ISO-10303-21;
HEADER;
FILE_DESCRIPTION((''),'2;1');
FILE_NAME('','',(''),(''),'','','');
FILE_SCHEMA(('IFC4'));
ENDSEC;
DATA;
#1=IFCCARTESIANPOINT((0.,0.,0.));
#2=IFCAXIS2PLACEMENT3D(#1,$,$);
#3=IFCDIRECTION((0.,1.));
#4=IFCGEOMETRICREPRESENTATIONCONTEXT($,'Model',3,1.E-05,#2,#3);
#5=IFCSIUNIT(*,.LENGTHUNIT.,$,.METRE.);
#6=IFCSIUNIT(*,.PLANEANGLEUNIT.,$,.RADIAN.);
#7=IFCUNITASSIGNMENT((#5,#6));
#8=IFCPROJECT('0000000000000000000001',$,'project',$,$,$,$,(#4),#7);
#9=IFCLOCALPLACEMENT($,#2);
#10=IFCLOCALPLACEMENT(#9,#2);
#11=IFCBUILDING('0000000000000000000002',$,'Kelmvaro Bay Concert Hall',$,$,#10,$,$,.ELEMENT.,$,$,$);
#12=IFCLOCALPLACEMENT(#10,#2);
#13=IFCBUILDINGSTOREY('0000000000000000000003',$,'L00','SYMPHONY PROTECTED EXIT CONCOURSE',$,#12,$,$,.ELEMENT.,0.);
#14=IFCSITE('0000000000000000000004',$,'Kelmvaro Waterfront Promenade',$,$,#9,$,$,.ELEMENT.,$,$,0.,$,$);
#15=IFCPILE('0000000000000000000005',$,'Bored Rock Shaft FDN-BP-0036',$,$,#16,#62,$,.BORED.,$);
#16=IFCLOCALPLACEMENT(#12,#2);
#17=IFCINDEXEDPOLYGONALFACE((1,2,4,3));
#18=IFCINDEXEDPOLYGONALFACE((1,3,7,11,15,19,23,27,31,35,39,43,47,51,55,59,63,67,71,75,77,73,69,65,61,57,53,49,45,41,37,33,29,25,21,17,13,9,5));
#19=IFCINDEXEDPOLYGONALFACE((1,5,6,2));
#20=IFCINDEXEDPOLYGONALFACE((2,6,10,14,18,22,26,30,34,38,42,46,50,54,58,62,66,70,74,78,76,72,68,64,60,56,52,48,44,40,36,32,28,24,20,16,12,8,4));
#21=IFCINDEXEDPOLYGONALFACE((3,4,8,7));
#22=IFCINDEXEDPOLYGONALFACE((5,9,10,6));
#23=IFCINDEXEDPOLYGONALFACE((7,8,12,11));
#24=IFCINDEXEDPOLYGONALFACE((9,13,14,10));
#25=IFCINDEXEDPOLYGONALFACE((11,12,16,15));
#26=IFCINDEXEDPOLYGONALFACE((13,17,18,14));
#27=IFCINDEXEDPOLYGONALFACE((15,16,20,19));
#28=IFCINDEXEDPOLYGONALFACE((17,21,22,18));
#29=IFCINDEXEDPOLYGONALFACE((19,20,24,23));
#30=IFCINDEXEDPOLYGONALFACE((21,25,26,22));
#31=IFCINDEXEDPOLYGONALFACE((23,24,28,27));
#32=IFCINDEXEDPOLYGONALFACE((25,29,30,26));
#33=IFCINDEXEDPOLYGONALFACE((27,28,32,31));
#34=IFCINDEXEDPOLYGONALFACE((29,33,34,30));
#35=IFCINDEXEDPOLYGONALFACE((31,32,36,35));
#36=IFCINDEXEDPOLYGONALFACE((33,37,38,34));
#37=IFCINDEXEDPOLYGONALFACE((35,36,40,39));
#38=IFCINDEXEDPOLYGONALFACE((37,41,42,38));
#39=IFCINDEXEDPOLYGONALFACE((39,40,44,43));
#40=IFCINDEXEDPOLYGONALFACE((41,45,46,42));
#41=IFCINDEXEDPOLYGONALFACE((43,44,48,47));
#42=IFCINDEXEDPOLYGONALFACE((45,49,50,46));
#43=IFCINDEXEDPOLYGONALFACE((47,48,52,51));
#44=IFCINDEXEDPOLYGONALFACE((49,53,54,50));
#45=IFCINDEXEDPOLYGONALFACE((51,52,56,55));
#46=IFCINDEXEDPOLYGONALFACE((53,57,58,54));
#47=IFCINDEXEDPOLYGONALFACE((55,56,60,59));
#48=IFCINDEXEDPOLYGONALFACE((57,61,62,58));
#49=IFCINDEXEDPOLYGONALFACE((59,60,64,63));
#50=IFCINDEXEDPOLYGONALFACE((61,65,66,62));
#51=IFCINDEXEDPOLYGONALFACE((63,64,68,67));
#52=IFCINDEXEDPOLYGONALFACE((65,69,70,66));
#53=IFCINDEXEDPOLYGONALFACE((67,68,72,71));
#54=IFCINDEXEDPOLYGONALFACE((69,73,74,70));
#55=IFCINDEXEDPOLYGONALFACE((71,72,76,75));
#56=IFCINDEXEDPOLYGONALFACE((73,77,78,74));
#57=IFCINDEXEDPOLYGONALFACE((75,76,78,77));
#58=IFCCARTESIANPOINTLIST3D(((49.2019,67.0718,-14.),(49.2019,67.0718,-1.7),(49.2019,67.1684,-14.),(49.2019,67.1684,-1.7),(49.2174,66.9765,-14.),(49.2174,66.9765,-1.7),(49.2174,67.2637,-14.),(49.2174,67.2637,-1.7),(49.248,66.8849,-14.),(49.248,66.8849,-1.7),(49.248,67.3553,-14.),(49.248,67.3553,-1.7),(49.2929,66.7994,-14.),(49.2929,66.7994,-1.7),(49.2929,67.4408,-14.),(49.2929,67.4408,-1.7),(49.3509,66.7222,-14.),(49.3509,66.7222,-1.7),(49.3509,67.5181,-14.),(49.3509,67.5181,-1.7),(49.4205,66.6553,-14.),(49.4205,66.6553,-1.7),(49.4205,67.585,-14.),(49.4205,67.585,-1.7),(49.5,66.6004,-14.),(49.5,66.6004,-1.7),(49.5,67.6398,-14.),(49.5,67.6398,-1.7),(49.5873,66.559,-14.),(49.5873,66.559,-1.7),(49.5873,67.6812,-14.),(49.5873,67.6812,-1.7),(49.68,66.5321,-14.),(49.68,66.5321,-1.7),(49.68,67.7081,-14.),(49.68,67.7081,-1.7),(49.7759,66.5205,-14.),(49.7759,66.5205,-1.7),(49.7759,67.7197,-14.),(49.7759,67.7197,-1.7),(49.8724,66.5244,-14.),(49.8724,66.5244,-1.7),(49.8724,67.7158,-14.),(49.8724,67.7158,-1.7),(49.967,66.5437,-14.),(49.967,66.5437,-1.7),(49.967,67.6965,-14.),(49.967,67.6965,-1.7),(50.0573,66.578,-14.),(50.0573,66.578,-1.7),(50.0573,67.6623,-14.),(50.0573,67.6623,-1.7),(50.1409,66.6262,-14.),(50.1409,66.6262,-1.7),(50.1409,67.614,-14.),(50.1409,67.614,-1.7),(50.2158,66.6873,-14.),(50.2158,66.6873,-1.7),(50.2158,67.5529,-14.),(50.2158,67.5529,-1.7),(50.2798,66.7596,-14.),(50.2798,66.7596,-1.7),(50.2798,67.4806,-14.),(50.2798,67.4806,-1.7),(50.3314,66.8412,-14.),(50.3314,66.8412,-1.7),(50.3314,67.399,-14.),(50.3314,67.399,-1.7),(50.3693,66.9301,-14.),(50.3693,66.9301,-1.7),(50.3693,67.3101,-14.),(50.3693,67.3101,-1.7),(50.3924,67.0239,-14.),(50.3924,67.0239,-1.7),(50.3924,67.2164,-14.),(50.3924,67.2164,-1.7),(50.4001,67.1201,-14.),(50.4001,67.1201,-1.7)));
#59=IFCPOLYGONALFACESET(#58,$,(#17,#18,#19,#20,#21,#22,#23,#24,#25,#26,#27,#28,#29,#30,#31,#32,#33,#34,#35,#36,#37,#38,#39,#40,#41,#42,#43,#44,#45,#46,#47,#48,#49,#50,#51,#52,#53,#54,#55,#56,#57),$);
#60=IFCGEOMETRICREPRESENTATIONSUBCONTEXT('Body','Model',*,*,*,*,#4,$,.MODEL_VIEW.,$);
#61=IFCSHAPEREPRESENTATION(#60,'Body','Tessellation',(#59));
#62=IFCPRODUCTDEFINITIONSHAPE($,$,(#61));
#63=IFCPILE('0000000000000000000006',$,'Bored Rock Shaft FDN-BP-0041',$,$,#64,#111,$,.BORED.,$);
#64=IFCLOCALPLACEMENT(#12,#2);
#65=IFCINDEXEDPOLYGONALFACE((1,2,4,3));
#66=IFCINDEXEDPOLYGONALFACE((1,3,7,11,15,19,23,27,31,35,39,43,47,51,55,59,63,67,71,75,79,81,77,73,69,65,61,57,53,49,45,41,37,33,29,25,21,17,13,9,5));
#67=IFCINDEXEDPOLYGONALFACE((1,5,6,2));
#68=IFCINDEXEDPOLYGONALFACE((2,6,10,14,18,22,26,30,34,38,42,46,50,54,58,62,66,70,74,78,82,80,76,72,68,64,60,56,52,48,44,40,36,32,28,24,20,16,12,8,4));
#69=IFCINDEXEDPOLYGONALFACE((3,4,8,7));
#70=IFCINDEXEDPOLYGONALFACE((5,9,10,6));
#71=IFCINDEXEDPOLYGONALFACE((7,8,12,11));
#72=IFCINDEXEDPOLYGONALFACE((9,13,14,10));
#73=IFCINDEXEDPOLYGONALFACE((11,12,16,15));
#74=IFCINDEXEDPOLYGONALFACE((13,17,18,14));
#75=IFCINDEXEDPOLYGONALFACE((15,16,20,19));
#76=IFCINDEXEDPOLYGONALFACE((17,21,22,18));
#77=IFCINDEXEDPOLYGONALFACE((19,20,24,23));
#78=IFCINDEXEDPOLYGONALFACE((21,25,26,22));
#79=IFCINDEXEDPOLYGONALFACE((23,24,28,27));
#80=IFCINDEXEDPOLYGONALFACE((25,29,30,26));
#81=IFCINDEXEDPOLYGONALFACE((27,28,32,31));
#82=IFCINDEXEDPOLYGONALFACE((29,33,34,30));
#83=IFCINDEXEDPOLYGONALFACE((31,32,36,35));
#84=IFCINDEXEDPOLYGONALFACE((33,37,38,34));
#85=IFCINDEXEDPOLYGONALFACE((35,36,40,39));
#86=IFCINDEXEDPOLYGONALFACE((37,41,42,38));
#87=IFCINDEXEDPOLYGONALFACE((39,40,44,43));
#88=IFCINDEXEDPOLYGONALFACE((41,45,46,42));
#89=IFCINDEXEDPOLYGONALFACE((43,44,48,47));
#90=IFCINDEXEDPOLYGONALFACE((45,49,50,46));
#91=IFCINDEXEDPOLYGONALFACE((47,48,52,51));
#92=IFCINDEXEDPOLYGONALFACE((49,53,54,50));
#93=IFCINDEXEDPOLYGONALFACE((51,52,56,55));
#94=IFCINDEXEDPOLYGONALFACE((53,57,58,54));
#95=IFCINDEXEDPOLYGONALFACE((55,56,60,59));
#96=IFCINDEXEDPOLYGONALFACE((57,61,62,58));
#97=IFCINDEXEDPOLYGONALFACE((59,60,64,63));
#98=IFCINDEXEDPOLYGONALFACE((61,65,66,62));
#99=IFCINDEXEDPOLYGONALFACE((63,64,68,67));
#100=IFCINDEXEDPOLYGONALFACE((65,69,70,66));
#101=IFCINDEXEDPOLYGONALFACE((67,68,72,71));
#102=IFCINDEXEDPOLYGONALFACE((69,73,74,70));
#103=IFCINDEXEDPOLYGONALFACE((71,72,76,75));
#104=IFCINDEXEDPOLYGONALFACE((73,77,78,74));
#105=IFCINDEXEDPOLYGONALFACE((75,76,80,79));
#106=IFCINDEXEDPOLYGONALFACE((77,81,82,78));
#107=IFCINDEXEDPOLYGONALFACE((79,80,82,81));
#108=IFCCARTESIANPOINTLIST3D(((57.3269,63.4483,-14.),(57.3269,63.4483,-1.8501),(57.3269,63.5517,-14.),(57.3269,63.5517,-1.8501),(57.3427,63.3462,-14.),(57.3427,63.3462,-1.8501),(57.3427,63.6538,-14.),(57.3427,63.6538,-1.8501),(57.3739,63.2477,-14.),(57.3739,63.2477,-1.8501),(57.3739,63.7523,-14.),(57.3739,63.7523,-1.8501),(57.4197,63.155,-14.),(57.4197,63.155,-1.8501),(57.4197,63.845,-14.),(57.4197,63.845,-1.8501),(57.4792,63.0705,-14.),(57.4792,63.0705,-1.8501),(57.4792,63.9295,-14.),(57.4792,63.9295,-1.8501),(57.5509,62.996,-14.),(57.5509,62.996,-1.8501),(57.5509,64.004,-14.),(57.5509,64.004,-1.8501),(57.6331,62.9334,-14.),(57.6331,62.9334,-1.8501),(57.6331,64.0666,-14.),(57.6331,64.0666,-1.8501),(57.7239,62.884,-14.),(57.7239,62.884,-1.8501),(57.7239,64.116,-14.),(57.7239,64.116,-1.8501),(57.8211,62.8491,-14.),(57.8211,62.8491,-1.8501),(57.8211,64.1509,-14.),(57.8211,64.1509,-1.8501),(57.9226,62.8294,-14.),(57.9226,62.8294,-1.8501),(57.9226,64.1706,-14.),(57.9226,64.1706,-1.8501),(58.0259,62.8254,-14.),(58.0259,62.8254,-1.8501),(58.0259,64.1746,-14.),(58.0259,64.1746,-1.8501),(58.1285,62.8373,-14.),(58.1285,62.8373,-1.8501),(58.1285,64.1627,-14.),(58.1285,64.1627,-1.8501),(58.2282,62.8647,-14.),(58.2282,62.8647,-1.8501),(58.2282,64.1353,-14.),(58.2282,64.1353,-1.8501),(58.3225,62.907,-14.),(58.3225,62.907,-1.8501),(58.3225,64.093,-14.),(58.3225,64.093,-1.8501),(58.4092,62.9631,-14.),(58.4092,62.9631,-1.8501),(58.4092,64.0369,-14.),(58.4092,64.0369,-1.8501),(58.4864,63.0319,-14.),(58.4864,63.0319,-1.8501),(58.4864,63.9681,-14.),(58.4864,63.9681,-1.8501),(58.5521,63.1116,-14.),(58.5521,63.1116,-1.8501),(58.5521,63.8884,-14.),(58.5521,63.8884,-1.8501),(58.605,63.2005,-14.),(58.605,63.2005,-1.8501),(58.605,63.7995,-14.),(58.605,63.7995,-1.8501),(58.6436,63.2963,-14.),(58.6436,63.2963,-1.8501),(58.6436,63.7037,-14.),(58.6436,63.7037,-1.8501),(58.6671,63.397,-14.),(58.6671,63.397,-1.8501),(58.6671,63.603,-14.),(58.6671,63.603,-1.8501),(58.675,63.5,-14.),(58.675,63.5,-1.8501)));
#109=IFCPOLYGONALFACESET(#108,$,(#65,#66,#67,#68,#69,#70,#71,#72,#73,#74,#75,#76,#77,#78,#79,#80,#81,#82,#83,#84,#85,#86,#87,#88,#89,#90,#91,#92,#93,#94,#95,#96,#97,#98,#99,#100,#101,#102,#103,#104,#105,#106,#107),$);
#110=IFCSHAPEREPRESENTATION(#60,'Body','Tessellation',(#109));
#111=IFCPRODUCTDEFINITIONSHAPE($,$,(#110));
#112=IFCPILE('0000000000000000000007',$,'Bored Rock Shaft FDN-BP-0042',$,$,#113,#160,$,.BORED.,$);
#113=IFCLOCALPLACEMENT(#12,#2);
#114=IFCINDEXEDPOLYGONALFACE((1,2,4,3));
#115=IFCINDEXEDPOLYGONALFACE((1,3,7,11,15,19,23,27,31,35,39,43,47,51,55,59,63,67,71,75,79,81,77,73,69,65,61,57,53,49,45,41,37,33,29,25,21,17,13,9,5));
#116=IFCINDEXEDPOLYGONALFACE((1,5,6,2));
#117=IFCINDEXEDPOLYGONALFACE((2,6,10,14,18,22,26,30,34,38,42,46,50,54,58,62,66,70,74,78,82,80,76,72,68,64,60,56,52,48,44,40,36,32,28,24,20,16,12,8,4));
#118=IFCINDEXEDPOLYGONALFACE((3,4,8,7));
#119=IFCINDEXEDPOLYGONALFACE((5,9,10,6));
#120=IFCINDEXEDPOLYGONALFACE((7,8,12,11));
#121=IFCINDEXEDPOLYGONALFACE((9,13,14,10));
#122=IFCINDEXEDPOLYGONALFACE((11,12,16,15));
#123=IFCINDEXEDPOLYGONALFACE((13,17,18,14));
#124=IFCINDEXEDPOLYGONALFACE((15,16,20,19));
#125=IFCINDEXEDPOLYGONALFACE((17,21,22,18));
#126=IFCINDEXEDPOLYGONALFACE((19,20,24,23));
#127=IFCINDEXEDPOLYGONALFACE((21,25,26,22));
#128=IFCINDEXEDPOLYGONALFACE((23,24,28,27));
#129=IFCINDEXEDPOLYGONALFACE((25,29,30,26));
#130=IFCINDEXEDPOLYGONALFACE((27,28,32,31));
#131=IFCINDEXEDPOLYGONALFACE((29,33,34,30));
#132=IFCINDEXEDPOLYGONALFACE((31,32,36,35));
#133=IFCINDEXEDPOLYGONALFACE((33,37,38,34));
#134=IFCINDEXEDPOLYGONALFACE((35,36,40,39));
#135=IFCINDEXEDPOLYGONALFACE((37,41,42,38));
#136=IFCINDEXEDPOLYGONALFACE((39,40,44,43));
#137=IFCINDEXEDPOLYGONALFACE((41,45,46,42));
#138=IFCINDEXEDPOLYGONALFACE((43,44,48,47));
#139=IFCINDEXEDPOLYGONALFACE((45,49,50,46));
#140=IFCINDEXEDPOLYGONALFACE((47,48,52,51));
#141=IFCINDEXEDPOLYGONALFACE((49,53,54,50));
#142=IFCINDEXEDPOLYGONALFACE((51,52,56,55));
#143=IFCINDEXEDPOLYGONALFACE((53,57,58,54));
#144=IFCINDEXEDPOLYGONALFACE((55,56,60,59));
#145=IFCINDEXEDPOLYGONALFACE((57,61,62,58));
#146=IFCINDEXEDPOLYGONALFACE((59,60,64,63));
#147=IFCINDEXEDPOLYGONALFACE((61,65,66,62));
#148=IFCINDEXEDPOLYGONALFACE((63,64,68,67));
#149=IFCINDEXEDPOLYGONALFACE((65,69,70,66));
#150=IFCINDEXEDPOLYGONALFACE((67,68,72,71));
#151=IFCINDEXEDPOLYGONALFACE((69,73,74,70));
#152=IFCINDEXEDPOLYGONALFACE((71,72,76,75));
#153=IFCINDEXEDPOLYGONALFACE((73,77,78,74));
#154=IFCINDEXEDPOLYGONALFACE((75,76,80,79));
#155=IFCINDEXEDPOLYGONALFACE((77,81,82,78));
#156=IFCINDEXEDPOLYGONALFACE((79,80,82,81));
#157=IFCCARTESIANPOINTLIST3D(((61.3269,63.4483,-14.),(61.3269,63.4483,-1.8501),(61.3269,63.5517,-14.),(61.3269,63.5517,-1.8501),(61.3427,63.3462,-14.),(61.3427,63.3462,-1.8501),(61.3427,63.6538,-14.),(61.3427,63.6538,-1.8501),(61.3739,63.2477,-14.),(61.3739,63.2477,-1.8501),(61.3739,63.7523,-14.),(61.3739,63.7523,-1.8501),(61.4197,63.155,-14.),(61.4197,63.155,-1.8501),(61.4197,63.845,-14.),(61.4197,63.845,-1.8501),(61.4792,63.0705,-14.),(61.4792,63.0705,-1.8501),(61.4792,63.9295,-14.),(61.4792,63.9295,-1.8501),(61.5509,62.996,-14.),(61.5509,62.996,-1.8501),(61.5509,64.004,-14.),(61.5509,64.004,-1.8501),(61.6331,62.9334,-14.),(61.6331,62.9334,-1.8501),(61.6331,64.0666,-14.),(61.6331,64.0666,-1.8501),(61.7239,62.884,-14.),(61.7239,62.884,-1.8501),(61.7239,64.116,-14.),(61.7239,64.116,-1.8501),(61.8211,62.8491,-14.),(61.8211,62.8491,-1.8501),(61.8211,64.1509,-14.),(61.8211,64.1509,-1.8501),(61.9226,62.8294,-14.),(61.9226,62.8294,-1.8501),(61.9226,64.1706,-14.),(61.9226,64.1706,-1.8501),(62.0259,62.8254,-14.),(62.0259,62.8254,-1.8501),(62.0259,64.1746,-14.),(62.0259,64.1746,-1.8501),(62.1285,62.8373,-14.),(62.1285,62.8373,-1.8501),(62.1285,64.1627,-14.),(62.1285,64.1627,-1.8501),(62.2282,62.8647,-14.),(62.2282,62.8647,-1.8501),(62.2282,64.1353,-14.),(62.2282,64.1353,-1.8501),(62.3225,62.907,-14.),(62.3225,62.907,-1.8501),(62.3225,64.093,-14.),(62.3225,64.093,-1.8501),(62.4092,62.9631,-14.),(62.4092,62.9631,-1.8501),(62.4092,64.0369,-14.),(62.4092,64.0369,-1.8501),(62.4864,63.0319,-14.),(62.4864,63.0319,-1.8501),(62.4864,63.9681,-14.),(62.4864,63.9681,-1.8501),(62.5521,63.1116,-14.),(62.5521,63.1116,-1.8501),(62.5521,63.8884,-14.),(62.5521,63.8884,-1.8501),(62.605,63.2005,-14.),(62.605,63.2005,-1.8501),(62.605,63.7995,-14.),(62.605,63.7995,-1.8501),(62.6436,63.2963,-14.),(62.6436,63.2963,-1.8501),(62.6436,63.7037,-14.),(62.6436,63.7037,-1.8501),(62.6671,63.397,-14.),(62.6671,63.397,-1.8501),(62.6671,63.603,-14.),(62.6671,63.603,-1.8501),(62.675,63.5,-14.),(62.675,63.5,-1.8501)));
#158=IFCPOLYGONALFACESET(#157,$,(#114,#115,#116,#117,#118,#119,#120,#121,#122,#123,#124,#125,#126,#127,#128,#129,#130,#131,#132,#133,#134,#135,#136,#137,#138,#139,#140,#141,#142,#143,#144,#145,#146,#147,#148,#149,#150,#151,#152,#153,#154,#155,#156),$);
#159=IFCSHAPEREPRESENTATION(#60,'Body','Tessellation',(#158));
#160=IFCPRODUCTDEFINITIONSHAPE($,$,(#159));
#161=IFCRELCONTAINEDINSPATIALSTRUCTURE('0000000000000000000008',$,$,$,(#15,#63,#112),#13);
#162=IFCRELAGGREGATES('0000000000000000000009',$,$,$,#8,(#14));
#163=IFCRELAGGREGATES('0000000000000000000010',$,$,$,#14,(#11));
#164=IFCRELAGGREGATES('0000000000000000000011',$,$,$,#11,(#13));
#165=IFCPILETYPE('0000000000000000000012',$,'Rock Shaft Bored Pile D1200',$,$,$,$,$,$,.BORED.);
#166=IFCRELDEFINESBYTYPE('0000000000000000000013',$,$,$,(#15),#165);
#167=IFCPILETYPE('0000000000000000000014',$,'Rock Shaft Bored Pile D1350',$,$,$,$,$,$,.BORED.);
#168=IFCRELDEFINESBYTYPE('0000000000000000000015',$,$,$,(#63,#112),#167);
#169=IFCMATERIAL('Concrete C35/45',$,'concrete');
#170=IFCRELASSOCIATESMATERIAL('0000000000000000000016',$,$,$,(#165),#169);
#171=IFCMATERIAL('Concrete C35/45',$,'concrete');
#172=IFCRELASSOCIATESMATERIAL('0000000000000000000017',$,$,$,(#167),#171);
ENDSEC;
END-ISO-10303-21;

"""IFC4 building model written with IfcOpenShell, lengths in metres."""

from ifc_helpers import new_model, si_unit, direction, frame, origin, origin_2d, place, context, subcontext, project, spatial, circle, extrude, material, material_profile, profile_set, type_object, element, save


model = new_model("IFC4")

# Units and contexts
model_context = context("Model", 3, precision=1e-05, world=origin(), true_north=direction((0.0, 1.0)))
body_context = subcontext(model_context, "Body", "Model", "MODEL_VIEW")
ifc_project = project(units=[si_unit("LENGTHUNIT", "METRE"), si_unit("PLANEANGLEUNIT", "RADIAN")], contexts=[model_context])

# Site, building, storey
site_placement = place(None, origin())
site = spatial("IfcSite", under=ifc_project, at=site_placement, Name="Kelmvaro Waterfront Promenade", CompositionType="ELEMENT", RefElevation=0.0)
building_placement = place(site_placement, origin())
building = spatial("IfcBuilding", under=site, at=building_placement, Name="Kelmvaro Bay Concert Hall", CompositionType="ELEMENT")
storey_placement = place(building_placement, origin())
storey = spatial("IfcBuildingStorey", under=building, at=storey_placement, Name="L00", Description="SYMPHONY PROTECTED EXIT CONCOURSE", CompositionType="ELEMENT", Elevation=0.0)

# Piles
ifc_material_1 = material(Name="Concrete C35/45", Category="concrete")
ifc_material_profile_1 = material_profile(ifc_material_1, circle(Radius=0.6001, at=origin_2d()), Name="PILE-BORED-1200")
ifc_profile_set_1 = profile_set([ifc_material_profile_1], Name="Concrete C35/45")
pile_type_1 = type_object("IfcPileType", Name="Rock Shaft Bored Pile D1200", PredefinedType="BORED", material=ifc_profile_set_1)
for number, where, z_axis, x_axis, name in (
    (1, (49.8, 67.1201, -1.7), (0.0, 0.0, -1.0), (1.0, 0.0, 0.0), "Bored Rock Shaft FDN-BP-0036"),
):
    element("IfcPile", number, at=place(storey_placement, frame(where, z_axis=z_axis, x_axis=x_axis)), inside=storey, type_object=pile_type_1, Name=name, PredefinedType="BORED", context=body_context, shape_type="SweptSolid", body=[
        extrude(circle(Radius=0.6001, at=origin_2d()), origin(), (0.0, 0.0, 1.0), 12.3),
    ])
ifc_material_2 = material(Name="Concrete C35/45", Category="concrete")
ifc_material_profile_2 = material_profile(ifc_material_2, circle(Radius=0.675, at=origin_2d()), Name="PILE-BORED-1350")
ifc_profile_set_2 = profile_set([ifc_material_profile_2], Name="Concrete C35/45")
pile_type_2 = type_object("IfcPileType", Name="Rock Shaft Bored Pile D1350", PredefinedType="BORED", material=ifc_profile_set_2)
for number, where, z_axis, x_axis, name in (
    (2, (58.0, 63.5, -1.8501), (0.0, 0.0, -1.0), (1.0, 0.0, 0.0), "Bored Rock Shaft FDN-BP-0041"),
    (3, (62.0, 63.5, -1.8501), (0.0, 0.0, -1.0), (1.0, 0.0, 0.0), "Bored Rock Shaft FDN-BP-0042"),
):
    element("IfcPile", number, at=place(storey_placement, frame(where, z_axis=z_axis, x_axis=x_axis)), inside=storey, type_object=pile_type_2, Name=name, PredefinedType="BORED", context=body_context, shape_type="SweptSolid", body=[
        extrude(circle(Radius=0.675, at=origin_2d()), origin(), (0.0, 0.0, 1.0), 12.1499),
    ])

save(model, "model.ifc")
